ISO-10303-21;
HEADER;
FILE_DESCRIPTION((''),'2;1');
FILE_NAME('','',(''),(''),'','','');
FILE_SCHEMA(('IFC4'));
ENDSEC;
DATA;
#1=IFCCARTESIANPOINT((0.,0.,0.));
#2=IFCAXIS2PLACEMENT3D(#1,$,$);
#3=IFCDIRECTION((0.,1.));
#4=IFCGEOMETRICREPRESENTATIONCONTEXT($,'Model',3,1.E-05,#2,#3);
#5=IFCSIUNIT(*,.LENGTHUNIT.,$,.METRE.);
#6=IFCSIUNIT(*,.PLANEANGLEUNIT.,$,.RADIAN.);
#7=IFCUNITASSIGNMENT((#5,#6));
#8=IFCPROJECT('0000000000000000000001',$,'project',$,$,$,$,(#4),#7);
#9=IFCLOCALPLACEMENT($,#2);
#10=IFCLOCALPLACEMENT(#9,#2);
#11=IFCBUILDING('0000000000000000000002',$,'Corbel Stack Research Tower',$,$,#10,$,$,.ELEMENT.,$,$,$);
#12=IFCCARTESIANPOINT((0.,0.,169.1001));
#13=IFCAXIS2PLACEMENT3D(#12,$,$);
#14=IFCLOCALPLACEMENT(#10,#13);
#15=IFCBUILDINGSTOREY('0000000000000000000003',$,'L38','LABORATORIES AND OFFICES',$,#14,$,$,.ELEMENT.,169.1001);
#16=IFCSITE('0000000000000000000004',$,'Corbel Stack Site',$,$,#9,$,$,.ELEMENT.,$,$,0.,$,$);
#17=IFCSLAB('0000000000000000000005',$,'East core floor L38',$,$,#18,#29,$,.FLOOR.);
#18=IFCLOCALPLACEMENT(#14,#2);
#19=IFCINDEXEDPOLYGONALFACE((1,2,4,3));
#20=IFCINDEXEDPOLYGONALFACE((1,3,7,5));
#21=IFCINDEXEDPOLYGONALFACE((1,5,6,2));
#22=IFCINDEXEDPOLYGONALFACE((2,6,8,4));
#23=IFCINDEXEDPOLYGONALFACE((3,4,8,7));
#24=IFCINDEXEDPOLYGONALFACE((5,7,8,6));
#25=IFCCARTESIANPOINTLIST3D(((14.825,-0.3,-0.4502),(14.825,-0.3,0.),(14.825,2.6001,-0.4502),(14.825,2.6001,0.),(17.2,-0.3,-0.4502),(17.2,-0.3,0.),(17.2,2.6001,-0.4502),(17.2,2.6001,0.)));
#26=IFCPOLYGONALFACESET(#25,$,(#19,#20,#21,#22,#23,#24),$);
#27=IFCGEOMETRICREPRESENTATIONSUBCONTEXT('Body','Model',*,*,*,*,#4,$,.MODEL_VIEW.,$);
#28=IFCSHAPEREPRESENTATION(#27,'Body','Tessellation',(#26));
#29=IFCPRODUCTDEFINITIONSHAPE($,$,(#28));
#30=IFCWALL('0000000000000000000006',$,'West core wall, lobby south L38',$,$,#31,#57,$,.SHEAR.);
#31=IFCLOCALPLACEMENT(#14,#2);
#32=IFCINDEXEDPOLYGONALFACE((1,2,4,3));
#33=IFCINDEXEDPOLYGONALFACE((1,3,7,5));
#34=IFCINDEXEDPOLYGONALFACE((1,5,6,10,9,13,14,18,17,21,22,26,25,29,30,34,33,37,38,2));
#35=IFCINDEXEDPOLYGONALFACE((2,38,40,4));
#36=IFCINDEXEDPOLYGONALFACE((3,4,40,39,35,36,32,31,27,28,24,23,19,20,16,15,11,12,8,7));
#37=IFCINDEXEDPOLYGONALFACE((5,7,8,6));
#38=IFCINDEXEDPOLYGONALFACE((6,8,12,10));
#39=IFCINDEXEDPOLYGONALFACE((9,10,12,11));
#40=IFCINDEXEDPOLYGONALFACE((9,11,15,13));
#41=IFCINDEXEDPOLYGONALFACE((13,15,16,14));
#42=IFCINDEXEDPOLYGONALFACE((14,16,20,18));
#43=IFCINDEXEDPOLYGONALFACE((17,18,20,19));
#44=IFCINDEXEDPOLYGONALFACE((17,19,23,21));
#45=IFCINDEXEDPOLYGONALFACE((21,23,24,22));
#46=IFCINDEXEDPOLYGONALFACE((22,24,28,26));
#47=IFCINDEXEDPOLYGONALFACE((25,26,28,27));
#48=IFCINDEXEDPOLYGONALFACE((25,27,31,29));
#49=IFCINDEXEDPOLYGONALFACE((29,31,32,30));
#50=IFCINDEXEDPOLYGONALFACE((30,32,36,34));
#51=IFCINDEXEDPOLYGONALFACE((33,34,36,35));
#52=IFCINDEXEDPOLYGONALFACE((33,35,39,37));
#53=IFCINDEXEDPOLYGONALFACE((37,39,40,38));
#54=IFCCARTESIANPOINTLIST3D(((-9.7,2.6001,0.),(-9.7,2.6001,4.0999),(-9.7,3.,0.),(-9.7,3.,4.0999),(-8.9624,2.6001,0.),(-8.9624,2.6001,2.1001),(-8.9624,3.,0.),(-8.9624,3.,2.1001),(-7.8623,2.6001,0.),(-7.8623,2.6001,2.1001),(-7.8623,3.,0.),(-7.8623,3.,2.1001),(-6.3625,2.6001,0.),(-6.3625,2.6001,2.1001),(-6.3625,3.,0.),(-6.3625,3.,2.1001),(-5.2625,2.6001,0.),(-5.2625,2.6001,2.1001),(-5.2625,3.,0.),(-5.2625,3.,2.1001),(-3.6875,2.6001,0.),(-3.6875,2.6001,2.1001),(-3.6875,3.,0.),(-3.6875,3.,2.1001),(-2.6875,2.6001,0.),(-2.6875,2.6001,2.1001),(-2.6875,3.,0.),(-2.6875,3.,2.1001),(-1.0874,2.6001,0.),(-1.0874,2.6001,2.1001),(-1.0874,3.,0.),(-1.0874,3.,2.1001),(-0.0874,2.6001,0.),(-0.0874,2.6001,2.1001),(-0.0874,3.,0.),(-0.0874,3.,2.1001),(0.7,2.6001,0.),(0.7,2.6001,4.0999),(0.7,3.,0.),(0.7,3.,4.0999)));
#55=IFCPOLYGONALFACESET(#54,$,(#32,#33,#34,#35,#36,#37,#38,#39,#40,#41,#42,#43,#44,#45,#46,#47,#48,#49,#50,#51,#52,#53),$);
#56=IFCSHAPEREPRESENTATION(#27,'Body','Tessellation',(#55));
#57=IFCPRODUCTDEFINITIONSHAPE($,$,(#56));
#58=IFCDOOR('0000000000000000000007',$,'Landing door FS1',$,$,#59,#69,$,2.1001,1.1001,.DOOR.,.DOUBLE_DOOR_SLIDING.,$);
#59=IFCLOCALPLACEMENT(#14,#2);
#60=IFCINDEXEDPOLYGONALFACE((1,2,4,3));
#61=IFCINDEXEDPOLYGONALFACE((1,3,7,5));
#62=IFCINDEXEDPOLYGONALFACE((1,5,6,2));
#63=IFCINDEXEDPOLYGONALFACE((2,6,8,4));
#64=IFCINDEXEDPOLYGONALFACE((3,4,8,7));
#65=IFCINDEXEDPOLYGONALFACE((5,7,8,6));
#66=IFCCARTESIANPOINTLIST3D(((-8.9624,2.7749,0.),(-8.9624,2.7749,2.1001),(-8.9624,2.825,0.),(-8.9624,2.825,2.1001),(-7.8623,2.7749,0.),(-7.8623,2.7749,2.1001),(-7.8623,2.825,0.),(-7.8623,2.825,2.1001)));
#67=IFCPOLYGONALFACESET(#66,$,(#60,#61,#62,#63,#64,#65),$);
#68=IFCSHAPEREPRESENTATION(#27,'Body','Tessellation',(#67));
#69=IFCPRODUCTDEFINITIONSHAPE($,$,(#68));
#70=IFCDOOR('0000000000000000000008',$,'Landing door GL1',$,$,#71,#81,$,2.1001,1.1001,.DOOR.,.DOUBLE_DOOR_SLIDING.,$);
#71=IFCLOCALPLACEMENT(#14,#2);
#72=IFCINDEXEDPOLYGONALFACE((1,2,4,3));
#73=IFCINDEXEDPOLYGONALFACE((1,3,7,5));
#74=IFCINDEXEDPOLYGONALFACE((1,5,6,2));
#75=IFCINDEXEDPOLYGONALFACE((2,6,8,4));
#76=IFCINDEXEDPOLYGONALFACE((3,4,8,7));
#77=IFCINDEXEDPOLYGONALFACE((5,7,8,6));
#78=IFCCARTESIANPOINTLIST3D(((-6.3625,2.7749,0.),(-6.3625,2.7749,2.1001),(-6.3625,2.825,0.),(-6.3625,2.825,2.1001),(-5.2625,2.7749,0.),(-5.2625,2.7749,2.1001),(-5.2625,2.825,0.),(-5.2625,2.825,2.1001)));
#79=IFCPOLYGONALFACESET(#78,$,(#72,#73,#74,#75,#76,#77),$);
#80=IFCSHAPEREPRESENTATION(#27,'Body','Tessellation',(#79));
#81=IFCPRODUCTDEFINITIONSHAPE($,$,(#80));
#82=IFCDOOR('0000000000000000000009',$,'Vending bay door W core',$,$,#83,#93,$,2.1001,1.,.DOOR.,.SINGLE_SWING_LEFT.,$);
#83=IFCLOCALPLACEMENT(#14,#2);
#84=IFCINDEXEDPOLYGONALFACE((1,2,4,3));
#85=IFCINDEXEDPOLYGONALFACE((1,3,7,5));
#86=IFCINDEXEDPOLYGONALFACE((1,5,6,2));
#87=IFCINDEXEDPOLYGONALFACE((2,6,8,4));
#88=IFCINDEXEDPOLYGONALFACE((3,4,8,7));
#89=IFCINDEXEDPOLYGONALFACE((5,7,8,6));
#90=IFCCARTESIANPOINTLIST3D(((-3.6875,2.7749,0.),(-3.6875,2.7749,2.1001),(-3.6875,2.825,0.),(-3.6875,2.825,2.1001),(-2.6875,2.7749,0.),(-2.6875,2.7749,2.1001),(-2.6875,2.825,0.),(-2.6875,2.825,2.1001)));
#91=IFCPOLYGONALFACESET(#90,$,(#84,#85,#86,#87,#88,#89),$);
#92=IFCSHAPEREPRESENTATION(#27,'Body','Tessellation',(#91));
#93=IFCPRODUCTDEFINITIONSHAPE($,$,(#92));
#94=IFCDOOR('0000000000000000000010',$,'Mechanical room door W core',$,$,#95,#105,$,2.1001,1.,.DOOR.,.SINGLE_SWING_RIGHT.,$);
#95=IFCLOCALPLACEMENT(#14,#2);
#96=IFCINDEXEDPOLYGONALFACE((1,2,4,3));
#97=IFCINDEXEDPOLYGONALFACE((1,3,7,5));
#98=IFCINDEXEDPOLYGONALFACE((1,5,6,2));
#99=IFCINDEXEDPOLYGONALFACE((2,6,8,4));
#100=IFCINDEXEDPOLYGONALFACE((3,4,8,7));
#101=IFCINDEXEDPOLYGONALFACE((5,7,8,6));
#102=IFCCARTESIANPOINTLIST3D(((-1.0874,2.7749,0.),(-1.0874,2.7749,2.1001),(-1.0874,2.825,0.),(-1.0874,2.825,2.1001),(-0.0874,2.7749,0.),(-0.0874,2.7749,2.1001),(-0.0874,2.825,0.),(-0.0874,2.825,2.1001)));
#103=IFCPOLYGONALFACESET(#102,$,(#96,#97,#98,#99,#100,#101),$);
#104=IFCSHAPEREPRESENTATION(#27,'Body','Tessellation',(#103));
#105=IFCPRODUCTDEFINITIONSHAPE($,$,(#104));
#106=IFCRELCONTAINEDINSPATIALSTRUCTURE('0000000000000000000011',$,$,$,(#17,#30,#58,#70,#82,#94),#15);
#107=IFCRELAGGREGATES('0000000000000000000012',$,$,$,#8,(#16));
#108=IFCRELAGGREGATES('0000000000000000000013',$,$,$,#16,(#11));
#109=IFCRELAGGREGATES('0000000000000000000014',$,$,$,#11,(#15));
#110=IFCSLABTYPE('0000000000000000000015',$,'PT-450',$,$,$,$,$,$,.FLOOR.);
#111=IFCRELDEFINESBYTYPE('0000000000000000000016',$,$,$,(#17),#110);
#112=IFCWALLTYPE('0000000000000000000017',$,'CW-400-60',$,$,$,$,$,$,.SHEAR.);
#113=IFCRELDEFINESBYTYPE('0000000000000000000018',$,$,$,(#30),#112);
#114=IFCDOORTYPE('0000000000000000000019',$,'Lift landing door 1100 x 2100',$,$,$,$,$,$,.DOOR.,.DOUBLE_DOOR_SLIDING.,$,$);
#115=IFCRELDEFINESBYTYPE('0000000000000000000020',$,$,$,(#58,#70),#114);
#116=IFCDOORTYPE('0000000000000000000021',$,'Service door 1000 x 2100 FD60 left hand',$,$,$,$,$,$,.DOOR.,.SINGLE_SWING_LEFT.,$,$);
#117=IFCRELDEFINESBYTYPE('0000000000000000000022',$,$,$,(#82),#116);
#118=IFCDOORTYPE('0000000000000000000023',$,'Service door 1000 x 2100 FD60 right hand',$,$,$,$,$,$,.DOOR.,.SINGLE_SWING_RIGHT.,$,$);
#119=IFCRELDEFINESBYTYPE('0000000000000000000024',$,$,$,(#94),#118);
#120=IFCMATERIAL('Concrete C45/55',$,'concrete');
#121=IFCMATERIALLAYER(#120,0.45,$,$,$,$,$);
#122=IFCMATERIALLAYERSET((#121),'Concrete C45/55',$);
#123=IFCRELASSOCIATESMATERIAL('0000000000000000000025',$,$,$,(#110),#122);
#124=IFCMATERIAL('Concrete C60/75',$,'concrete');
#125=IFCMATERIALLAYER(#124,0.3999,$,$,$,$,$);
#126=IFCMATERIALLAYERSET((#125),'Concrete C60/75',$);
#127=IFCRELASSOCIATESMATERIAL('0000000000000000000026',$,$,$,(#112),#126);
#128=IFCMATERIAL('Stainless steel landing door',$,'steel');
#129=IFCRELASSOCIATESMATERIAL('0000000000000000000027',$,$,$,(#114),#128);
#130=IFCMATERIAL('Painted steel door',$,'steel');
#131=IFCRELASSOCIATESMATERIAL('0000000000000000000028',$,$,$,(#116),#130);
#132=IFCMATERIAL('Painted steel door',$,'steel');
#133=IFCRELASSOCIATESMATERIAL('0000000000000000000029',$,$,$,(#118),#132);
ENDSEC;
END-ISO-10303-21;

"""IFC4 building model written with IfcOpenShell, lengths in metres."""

from ifc_helpers import new_model, si_unit, direction, frame, frame_2d, origin, place, context, subcontext, project, spatial, polyline, rectangle, outline, extrude, material, layer, layer_set, type_object, element, fill, save


model = new_model("IFC4")

# Units and contexts
model_context = context("Model", 3, precision=1e-05, world=origin(), true_north=direction((0.0, 1.0)))
body_context = subcontext(model_context, "Body", "Model", "MODEL_VIEW")
ifc_project = project(units=[si_unit("LENGTHUNIT", "METRE"), si_unit("PLANEANGLEUNIT", "RADIAN")], contexts=[model_context])

# Site, building, storey
site_placement = place(None, origin())
site = spatial("IfcSite", under=ifc_project, at=site_placement, Name="Corbel Stack Site", CompositionType="ELEMENT", RefElevation=0.0)
building_placement = place(site_placement, origin())
building = spatial("IfcBuilding", under=site, at=building_placement, Name="Corbel Stack Research Tower", CompositionType="ELEMENT")
storey_placement = place(building_placement, frame((0.0, 0.0, 169.1001)))
storey = spatial("IfcBuildingStorey", under=building, at=storey_placement, Name="L38", Description="LABORATORIES AND OFFICES", CompositionType="ELEMENT", Elevation=169.1001)

# Slab
ifc_material_1 = material(Name="Concrete C45/55", Category="concrete")
ifc_layer_1 = layer(ifc_material_1, 0.45)
ifc_layer_set_1 = layer_set([ifc_layer_1], Name="Concrete C45/55")
slab_type_1 = type_object("IfcSlabType", Name="PT-450", PredefinedType="FLOOR", material=ifc_layer_set_1)
slab_1_placement = place(storey_placement, frame((0.0, 0.0, -0.4502)))
element("IfcSlab", 1, at=slab_1_placement, inside=storey, type_object=slab_type_1, Name="East core floor L38", PredefinedType="FLOOR", context=body_context, shape_type="SweptSolid", body=[
    extrude(outline(polyline([(17.2, -0.3), (17.2, 2.6001), (14.825, 2.6001), (14.825, -0.3), (17.2, -0.3)])), origin(), (0.0, 0.0, 1.0), 0.4502),
])

# Wall, openings, doors
ifc_material_2 = material(Name="Concrete C60/75", Category="concrete")
ifc_layer_2 = layer(ifc_material_2, 0.3999)
ifc_layer_set_2 = layer_set([ifc_layer_2], Name="Concrete C60/75")
wall_type_1 = type_object("IfcWallType", Name="CW-400-60", PredefinedType="SHEAR", material=ifc_layer_set_2)
wall_1_placement = place(storey_placement, frame((-9.7, 2.8, 0.0), z_axis=(0.0, 0.0, 1.0), x_axis=(1.0, 0.0, 0.0)))
wall_1 = element("IfcWall", 2, at=wall_1_placement, inside=storey, type_object=wall_type_1, Name="West core wall, lobby south L38", PredefinedType="SHEAR", context=body_context, shape_type="SweptSolid", body=[
    extrude(rectangle(XDim=10.3999, YDim=0.3999, at=frame_2d((5.2, 0.0))), origin(), (0.0, 0.0, 1.0), 4.0999),
])
opening_1_placement = place(wall_1_placement, frame((0.7375, 0.0, 0.0)))
opening_1 = element("IfcOpeningElement", 3, at=opening_1_placement, cuts=wall_1, PredefinedType="OPENING", context=body_context, shape_type="SweptSolid", body=[
    extrude(rectangle(XDim=1.1001, YDim=2.1001, at=frame_2d((0.55, 1.05))), frame((0.0, 0.21, 0.0), z_axis=(0.0, -1.0, 0.0), x_axis=(1.0, 0.0, 0.0)), (0.0, 0.0, 1.0), 0.4199),
])
opening_2_placement = place(wall_1_placement, frame((3.3374, 0.0, 0.0)))
opening_2 = element("IfcOpeningElement", 4, at=opening_2_placement, cuts=wall_1, PredefinedType="OPENING", context=body_context, shape_type="SweptSolid", body=[
    extrude(rectangle(XDim=1.1001, YDim=2.1001, at=frame_2d((0.55, 1.05))), frame((0.0, 0.21, 0.0), z_axis=(0.0, -1.0, 0.0), x_axis=(1.0, 0.0, 0.0)), (0.0, 0.0, 1.0), 0.4199),
])
opening_3_placement = place(wall_1_placement, frame((6.0125, 0.0, 0.0)))
opening_3 = element("IfcOpeningElement", 5, at=opening_3_placement, cuts=wall_1, PredefinedType="OPENING", context=body_context, shape_type="SweptSolid", body=[
    extrude(rectangle(XDim=1.0, YDim=2.1001, at=frame_2d((0.5, 1.05))), frame((0.0, 0.21, 0.0), z_axis=(0.0, -1.0, 0.0), x_axis=(1.0, 0.0, 0.0)), (0.0, 0.0, 1.0), 0.4199),
])
opening_4_placement = place(wall_1_placement, frame((8.6125, 0.0, 0.0)))
opening_4 = element("IfcOpeningElement", 6, at=opening_4_placement, cuts=wall_1, PredefinedType="OPENING", context=body_context, shape_type="SweptSolid", body=[
    extrude(rectangle(XDim=1.0, YDim=2.1001, at=frame_2d((0.5, 1.05))), frame((0.0, 0.21, 0.0), z_axis=(0.0, -1.0, 0.0), x_axis=(1.0, 0.0, 0.0)), (0.0, 0.0, 1.0), 0.4199),
])
ifc_material_3 = material(Name="Stainless steel landing door", Category="steel")
door_type_1 = type_object("IfcDoorType", Name="Lift landing door 1100 x 2100", OperationType="DOUBLE_DOOR_SLIDING", PredefinedType="DOOR", material=ifc_material_3)
door_1_placement = place(opening_1_placement, origin())
door_1 = element("IfcDoor", 7, at=door_1_placement, inside=storey, type_object=door_type_1, Name="Landing door FS1", OperationType="DOUBLE_DOOR_SLIDING", OverallHeight=2.1001, OverallWidth=1.1001, PredefinedType="DOOR", context=body_context, shape_type="SweptSolid", body=[
    extrude(rectangle(XDim=1.1001, YDim=2.1001, at=frame_2d((0.55, 1.05))), frame((0.0, 0.0249, 0.0), z_axis=(0.0, -1.0, 0.0), x_axis=(1.0, 0.0, 0.0)), (0.0, 0.0, 1.0), 0.05),
])
fill(opening_1, door_1)
door_2_placement = place(opening_2_placement, origin())
door_2 = element("IfcDoor", 8, at=door_2_placement, inside=storey, type_object=door_type_1, Name="Landing door GL1", OperationType="DOUBLE_DOOR_SLIDING", OverallHeight=2.1001, OverallWidth=1.1001, PredefinedType="DOOR", context=body_context, shape_type="SweptSolid", body=[
    extrude(rectangle(XDim=1.1001, YDim=2.1001, at=frame_2d((0.55, 1.05))), frame((0.0, 0.0249, 0.0), z_axis=(0.0, -1.0, 0.0), x_axis=(1.0, 0.0, 0.0)), (0.0, 0.0, 1.0), 0.05),
])
fill(opening_2, door_2)
ifc_material_4 = material(Name="Painted steel door", Category="steel")
door_type_2 = type_object("IfcDoorType", Name="Service door 1000 x 2100 FD60 left hand", OperationType="SINGLE_SWING_LEFT", PredefinedType="DOOR", material=ifc_material_4)
door_3_placement = place(opening_3_placement, origin())
door_3 = element("IfcDoor", 9, at=door_3_placement, inside=storey, type_object=door_type_2, Name="Vending bay door W core", OperationType="SINGLE_SWING_LEFT", OverallHeight=2.1001, OverallWidth=1.0, PredefinedType="DOOR", context=body_context, shape_type="SweptSolid", body=[
    extrude(rectangle(XDim=1.0, YDim=2.1001, at=frame_2d((0.5, 1.05))), frame((0.0, 0.0249, 0.0), z_axis=(0.0, -1.0, 0.0), x_axis=(1.0, 0.0, 0.0)), (0.0, 0.0, 1.0), 0.05),
])
fill(opening_3, door_3)
ifc_material_5 = material(Name="Painted steel door", Category="steel")
door_type_3 = type_object("IfcDoorType", Name="Service door 1000 x 2100 FD60 right hand", OperationType="SINGLE_SWING_RIGHT", PredefinedType="DOOR", material=ifc_material_5)
door_4_placement = place(opening_4_placement, origin())
door_4 = element("IfcDoor", 10, at=door_4_placement, inside=storey, type_object=door_type_3, Name="Mechanical room door W core", OperationType="SINGLE_SWING_RIGHT", OverallHeight=2.1001, OverallWidth=1.0, PredefinedType="DOOR", context=body_context, shape_type="SweptSolid", body=[
    extrude(rectangle(XDim=1.0, YDim=2.1001, at=frame_2d((0.5, 1.05))), frame((0.0, 0.0249, 0.0), z_axis=(0.0, -1.0, 0.0), x_axis=(1.0, 0.0, 0.0)), (0.0, 0.0, 1.0), 0.05),
])
fill(opening_4, door_4)

save(model, "model.ifc")
